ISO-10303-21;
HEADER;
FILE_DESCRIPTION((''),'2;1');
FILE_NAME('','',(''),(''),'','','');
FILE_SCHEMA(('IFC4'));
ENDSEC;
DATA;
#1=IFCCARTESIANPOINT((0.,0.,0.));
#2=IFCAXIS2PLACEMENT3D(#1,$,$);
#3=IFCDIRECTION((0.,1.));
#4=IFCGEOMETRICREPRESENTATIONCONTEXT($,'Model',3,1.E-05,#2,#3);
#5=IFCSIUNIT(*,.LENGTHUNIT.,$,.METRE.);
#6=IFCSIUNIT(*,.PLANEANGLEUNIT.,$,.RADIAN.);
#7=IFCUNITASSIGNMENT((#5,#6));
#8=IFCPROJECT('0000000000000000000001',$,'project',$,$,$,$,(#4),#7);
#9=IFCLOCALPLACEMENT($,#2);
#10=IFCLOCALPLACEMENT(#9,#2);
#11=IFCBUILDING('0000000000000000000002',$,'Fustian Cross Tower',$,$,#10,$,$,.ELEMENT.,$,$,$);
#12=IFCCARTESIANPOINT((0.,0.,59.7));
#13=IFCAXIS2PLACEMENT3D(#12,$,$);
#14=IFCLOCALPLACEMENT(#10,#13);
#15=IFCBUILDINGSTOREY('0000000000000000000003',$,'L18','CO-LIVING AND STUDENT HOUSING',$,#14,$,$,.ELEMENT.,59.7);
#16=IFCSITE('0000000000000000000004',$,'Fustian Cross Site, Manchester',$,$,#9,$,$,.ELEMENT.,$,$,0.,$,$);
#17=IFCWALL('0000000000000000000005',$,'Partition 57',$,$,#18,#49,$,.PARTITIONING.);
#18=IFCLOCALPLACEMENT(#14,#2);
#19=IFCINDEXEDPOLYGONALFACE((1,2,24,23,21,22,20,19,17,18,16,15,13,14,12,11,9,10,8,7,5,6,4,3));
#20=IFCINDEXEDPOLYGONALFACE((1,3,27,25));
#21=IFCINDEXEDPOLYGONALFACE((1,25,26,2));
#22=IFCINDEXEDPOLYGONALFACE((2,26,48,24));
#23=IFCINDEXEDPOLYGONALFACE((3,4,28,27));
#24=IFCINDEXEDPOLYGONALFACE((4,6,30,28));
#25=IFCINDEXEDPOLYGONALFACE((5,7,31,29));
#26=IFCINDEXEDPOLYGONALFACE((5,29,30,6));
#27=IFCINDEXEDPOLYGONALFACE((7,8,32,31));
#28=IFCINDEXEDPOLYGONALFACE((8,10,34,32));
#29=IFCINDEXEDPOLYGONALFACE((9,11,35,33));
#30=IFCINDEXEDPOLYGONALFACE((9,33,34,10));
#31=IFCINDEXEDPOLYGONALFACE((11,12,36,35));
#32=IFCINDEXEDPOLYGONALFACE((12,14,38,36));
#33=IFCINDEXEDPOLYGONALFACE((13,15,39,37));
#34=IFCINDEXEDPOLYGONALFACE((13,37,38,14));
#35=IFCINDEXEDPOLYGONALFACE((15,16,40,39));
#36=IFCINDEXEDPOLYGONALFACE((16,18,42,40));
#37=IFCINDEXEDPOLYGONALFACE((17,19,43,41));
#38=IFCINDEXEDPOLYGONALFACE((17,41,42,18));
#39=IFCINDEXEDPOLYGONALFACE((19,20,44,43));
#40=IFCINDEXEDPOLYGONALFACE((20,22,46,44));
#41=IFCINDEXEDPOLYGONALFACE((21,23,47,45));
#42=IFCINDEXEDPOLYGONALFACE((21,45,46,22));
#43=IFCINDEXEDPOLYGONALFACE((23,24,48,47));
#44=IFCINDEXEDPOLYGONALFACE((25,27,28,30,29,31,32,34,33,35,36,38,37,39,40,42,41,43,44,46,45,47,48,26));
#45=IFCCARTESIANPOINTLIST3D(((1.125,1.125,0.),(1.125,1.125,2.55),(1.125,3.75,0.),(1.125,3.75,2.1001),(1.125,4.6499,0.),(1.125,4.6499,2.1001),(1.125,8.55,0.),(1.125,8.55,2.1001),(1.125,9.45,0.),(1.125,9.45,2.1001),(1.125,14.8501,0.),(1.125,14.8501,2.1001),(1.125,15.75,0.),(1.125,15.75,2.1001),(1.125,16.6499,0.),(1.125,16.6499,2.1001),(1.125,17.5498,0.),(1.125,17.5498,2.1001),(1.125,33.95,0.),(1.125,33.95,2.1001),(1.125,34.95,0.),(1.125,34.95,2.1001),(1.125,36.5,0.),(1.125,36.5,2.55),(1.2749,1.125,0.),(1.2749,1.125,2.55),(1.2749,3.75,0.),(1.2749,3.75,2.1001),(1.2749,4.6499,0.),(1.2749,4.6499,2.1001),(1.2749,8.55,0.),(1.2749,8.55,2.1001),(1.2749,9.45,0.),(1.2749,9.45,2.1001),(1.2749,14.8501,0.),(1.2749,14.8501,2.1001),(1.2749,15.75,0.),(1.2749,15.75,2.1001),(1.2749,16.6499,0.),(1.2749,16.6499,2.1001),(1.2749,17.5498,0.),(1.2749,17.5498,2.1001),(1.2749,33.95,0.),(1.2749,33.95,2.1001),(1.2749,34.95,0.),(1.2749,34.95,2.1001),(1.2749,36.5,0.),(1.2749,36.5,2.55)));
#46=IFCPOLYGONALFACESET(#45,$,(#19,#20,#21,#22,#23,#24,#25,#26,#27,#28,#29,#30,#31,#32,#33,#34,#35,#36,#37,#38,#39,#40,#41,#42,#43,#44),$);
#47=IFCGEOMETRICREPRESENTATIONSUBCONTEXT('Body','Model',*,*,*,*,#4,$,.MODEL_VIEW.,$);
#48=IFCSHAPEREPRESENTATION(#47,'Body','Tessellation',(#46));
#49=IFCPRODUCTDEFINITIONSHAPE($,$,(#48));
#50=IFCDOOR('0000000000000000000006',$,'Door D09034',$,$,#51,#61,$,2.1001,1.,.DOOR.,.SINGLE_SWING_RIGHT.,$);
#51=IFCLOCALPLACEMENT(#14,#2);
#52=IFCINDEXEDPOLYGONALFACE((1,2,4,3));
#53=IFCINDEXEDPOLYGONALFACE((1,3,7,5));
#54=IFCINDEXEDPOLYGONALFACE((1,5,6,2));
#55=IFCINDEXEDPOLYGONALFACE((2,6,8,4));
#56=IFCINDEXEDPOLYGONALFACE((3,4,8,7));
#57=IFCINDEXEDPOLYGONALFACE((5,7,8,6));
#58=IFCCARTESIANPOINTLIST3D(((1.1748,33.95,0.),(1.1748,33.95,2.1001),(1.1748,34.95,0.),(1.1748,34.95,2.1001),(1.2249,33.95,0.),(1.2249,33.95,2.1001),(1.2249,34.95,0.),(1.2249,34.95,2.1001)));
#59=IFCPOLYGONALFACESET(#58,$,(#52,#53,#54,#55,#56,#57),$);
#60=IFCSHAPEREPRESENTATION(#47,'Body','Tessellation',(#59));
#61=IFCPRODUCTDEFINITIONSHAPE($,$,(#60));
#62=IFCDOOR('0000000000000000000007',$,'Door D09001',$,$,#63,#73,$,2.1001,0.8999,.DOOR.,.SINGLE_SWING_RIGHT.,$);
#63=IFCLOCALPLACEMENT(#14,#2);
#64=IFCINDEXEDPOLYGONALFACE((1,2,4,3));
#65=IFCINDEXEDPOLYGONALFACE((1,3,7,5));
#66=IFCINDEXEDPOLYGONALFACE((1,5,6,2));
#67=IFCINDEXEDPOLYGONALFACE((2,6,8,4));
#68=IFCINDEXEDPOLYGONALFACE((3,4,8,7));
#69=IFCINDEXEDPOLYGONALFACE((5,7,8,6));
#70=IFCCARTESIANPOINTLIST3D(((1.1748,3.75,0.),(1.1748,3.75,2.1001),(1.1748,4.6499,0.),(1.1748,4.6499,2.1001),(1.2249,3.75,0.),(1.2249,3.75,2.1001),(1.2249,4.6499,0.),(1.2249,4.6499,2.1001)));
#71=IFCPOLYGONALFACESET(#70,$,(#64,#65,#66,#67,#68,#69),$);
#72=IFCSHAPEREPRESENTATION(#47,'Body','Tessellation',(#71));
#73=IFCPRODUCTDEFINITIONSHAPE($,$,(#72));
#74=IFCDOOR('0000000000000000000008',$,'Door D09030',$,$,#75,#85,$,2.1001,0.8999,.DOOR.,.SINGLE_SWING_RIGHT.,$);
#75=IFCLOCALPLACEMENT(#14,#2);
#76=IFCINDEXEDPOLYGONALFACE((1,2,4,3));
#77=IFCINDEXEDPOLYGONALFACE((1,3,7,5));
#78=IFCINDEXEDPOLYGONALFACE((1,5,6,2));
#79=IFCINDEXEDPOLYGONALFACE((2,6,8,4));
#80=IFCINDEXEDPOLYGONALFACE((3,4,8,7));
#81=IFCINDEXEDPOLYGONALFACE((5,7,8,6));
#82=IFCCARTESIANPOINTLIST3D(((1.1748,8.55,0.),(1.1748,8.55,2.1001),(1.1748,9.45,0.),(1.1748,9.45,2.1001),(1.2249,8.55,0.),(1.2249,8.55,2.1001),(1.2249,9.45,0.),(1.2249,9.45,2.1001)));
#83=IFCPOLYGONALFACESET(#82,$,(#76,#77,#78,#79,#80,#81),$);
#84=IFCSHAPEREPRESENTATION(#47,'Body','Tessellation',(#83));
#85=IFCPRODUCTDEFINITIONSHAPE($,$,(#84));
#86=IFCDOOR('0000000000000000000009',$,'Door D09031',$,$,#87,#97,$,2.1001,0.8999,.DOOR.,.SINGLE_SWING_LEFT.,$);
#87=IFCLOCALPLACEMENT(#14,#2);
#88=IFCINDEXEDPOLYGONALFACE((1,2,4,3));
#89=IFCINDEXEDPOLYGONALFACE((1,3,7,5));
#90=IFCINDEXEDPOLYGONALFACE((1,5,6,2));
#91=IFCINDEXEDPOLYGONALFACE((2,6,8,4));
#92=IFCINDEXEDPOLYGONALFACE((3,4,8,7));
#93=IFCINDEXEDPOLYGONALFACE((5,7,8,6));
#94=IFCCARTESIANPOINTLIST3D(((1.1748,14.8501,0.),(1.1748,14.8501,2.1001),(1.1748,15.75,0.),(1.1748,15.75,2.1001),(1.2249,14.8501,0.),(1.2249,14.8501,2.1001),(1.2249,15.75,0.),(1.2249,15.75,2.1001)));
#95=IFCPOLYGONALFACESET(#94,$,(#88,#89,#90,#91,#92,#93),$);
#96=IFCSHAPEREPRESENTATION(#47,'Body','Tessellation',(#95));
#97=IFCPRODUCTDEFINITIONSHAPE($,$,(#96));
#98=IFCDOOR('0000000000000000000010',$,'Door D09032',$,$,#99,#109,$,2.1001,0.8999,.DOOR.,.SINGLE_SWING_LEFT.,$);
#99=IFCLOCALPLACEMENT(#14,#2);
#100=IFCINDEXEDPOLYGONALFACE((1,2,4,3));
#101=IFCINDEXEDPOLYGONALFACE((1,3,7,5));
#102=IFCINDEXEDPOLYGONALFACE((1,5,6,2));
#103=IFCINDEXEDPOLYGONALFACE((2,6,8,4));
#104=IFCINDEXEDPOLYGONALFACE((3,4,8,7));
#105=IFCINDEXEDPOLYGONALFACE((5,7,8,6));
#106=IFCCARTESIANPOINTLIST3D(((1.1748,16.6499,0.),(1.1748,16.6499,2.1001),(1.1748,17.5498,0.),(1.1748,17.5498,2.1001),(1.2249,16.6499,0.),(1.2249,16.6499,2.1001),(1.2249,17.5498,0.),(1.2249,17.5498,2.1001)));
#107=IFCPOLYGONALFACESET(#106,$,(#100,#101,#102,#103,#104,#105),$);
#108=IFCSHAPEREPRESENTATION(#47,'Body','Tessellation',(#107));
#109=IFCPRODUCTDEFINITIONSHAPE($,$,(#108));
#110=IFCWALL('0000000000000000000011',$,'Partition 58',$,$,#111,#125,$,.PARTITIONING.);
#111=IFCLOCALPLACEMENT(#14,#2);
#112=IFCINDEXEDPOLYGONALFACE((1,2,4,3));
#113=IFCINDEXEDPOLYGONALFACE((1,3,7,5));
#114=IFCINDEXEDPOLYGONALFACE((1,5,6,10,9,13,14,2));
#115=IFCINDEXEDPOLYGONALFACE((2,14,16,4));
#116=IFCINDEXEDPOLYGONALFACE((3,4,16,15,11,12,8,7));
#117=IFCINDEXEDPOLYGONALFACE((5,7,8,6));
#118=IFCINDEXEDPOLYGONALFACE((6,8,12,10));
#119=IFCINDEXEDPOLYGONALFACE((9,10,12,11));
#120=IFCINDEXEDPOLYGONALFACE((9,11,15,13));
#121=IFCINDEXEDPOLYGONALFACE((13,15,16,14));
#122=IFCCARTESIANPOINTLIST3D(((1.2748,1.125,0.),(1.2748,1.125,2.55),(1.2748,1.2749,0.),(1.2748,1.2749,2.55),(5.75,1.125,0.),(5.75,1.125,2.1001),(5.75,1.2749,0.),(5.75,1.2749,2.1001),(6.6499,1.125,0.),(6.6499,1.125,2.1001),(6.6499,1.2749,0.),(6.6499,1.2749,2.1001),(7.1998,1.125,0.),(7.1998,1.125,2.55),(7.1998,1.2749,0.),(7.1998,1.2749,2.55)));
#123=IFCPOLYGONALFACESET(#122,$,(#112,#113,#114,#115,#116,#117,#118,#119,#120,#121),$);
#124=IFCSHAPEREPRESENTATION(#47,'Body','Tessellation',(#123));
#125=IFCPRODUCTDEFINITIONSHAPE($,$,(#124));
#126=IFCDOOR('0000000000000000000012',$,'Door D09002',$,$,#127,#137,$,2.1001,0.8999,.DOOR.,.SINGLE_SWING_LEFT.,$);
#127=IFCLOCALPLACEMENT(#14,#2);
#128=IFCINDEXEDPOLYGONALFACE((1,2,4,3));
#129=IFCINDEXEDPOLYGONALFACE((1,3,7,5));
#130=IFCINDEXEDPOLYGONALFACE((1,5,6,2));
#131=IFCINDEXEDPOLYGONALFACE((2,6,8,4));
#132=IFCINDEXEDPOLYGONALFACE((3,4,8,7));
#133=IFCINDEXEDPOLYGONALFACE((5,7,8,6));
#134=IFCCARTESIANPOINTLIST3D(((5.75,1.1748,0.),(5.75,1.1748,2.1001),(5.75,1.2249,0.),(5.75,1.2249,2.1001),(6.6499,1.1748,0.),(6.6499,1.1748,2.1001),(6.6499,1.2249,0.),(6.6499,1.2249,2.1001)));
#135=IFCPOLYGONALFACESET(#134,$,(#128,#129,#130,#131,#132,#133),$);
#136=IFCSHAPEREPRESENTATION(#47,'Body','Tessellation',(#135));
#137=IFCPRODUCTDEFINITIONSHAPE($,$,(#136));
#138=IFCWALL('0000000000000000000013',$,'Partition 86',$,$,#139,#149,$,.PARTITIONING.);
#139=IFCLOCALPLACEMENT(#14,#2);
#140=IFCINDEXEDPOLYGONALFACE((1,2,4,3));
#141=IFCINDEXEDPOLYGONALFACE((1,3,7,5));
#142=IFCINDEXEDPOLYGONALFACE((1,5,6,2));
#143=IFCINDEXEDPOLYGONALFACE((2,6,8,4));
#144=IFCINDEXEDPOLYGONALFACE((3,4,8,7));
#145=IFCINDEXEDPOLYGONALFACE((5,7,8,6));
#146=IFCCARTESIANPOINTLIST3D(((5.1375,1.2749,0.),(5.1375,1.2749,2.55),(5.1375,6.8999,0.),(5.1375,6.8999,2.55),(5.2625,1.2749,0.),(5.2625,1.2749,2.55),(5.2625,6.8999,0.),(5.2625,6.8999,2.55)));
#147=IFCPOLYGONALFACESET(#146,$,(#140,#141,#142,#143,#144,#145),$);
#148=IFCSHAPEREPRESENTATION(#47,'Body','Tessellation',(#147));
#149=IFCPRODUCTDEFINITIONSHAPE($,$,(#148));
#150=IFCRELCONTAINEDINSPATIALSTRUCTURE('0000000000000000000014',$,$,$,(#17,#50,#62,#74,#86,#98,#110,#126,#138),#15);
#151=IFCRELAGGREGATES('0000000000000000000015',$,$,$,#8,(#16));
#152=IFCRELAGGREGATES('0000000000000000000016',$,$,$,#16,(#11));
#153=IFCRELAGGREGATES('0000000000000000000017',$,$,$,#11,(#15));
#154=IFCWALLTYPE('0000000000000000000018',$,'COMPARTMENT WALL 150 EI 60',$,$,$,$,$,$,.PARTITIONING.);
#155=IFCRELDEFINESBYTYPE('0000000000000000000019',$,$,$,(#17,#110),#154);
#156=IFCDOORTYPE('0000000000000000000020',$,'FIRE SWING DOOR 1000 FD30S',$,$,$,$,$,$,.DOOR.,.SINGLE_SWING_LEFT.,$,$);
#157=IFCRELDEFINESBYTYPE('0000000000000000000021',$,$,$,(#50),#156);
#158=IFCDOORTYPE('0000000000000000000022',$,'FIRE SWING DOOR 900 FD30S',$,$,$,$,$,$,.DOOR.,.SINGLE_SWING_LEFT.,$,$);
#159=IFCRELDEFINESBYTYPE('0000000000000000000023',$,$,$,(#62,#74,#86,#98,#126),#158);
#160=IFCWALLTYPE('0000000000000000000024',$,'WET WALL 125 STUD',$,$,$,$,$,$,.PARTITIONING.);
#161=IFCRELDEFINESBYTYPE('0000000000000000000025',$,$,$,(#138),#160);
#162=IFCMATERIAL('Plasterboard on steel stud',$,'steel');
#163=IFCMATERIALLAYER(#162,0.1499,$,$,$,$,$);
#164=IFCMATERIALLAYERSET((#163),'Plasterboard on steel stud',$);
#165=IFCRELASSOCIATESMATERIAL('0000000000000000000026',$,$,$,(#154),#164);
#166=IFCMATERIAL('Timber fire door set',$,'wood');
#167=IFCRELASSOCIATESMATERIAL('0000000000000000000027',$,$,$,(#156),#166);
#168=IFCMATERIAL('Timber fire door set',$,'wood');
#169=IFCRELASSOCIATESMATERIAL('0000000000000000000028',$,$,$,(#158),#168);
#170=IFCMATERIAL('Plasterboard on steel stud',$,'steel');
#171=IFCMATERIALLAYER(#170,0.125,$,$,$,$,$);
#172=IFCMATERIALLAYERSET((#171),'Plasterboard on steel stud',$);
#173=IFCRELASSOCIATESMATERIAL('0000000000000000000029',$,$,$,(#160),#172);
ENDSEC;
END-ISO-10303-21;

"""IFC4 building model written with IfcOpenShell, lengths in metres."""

from ifc_helpers import new_model, si_unit, direction, frame, frame_2d, origin, place, context, subcontext, project, spatial, rectangle, extrude, material, layer, layer_set, type_object, element, fill, save


model = new_model("IFC4")

# Units and contexts
model_context = context("Model", 3, precision=1e-05, world=origin(), true_north=direction((0.0, 1.0)))
body_context = subcontext(model_context, "Body", "Model", "MODEL_VIEW")
ifc_project = project(units=[si_unit("LENGTHUNIT", "METRE"), si_unit("PLANEANGLEUNIT", "RADIAN")], contexts=[model_context])

# Site, building, storey
site_placement = place(None, origin())
site = spatial("IfcSite", under=ifc_project, at=site_placement, Name="Fustian Cross Site, Manchester", CompositionType="ELEMENT", RefElevation=0.0)
building_placement = place(site_placement, origin())
building = spatial("IfcBuilding", under=site, at=building_placement, Name="Fustian Cross Tower", CompositionType="ELEMENT")
storey_placement = place(building_placement, frame((0.0, 0.0, 59.7)))
storey = spatial("IfcBuildingStorey", under=building, at=storey_placement, Name="L18", Description="CO-LIVING AND STUDENT HOUSING", CompositionType="ELEMENT", Elevation=59.7)

# Wall, openings, doors
ifc_material_1 = material(Name="Plasterboard on steel stud", Category="steel")
ifc_layer_1 = layer(ifc_material_1, 0.1499)
ifc_layer_set_1 = layer_set([ifc_layer_1], Name="Plasterboard on steel stud")
wall_type_1 = type_object("IfcWallType", Name="COMPARTMENT WALL 150 EI 60", PredefinedType="PARTITIONING", material=ifc_layer_set_1)
wall_1_placement = place(storey_placement, frame((1.2, 1.125, 0.0), z_axis=(0.0, 0.0, 1.0), x_axis=(0.0, 1.0, 0.0)))
wall_1 = element("IfcWall", 1, at=wall_1_placement, inside=storey, type_object=wall_type_1, Name="Partition 57", PredefinedType="PARTITIONING", context=body_context, shape_type="SweptSolid", body=[
    extrude(rectangle(XDim=35.375, YDim=0.1499, at=frame_2d((17.6875, 0.0))), origin(), (0.0, 0.0, 1.0), 2.55),
])
opening_1_placement = place(wall_1_placement, frame((2.625, 0.0, 0.0)))
opening_1 = element("IfcOpeningElement", 2, at=opening_1_placement, cuts=wall_1, PredefinedType="OPENING", context=body_context, shape_type="SweptSolid", body=[
    extrude(rectangle(XDim=0.8999, YDim=2.1001, at=frame_2d((0.45, 1.05))), frame((0.0, 0.085, 0.0), z_axis=(0.0, -1.0, 0.0), x_axis=(1.0, 0.0, 0.0)), (0.0, 0.0, 1.0), 0.1699),
])
opening_2_placement = place(wall_1_placement, frame((7.425, 0.0, 0.0)))
opening_2 = element("IfcOpeningElement", 3, at=opening_2_placement, cuts=wall_1, PredefinedType="OPENING", context=body_context, shape_type="SweptSolid", body=[
    extrude(rectangle(XDim=0.8999, YDim=2.1001, at=frame_2d((0.45, 1.05))), frame((0.0, 0.085, 0.0), z_axis=(0.0, -1.0, 0.0), x_axis=(1.0, 0.0, 0.0)), (0.0, 0.0, 1.0), 0.1699),
])
opening_3_placement = place(wall_1_placement, frame((13.7251, 0.0, 0.0)))
opening_3 = element("IfcOpeningElement", 4, at=opening_3_placement, cuts=wall_1, PredefinedType="OPENING", context=body_context, shape_type="SweptSolid", body=[
    extrude(rectangle(XDim=0.8999, YDim=2.1001, at=frame_2d((0.45, 1.05))), frame((0.0, 0.085, 0.0), z_axis=(0.0, -1.0, 0.0), x_axis=(1.0, 0.0, 0.0)), (0.0, 0.0, 1.0), 0.1699),
])
opening_4_placement = place(wall_1_placement, frame((15.5249, 0.0, 0.0)))
opening_4 = element("IfcOpeningElement", 5, at=opening_4_placement, cuts=wall_1, PredefinedType="OPENING", context=body_context, shape_type="SweptSolid", body=[
    extrude(rectangle(XDim=0.8999, YDim=2.1001, at=frame_2d((0.45, 1.05))), frame((0.0, 0.085, 0.0), z_axis=(0.0, -1.0, 0.0), x_axis=(1.0, 0.0, 0.0)), (0.0, 0.0, 1.0), 0.1699),
])
opening_5_placement = place(wall_1_placement, frame((32.825, 0.0, 0.0)))
opening_5 = element("IfcOpeningElement", 6, at=opening_5_placement, cuts=wall_1, PredefinedType="OPENING", context=body_context, shape_type="SweptSolid", body=[
    extrude(rectangle(XDim=1.0, YDim=2.1001, at=frame_2d((0.5, 1.05))), frame((0.0, 0.085, 0.0), z_axis=(0.0, -1.0, 0.0), x_axis=(1.0, 0.0, 0.0)), (0.0, 0.0, 1.0), 0.1699),
])
ifc_material_2 = material(Name="Timber fire door set", Category="wood")
door_type_1 = type_object("IfcDoorType", Name="FIRE SWING DOOR 1000 FD30S", OperationType="SINGLE_SWING_LEFT", PredefinedType="DOOR", material=ifc_material_2)
door_1_placement = place(opening_5_placement, frame((1.0, 0.0, 0.0), z_axis=(0.0, 0.0, 1.0), x_axis=(-1.0, 0.0, 0.0)))
door_1 = element("IfcDoor", 7, at=door_1_placement, inside=storey, type_object=door_type_1, Name="Door D09034", OperationType="SINGLE_SWING_RIGHT", OverallHeight=2.1001, OverallWidth=1.0, PredefinedType="DOOR", context=body_context, shape_type="SweptSolid", body=[
    extrude(rectangle(XDim=1.0, YDim=2.1001, at=frame_2d((0.5, 1.05))), frame((0.0, 0.0249, 0.0), z_axis=(0.0, -1.0, 0.0), x_axis=(1.0, 0.0, 0.0)), (0.0, 0.0, 1.0), 0.05),
])
fill(opening_5, door_1)
ifc_material_3 = material(Name="Timber fire door set", Category="wood")
door_type_2 = type_object("IfcDoorType", Name="FIRE SWING DOOR 900 FD30S", OperationType="SINGLE_SWING_LEFT", PredefinedType="DOOR", material=ifc_material_3)
door_2_placement = place(opening_1_placement, frame((0.8999, 0.0, 0.0), z_axis=(0.0, 0.0, 1.0), x_axis=(-1.0, 0.0, 0.0)))
door_2 = element("IfcDoor", 8, at=door_2_placement, inside=storey, type_object=door_type_2, Name="Door D09001", OperationType="SINGLE_SWING_RIGHT", OverallHeight=2.1001, OverallWidth=0.8999, PredefinedType="DOOR", context=body_context, shape_type="SweptSolid", body=[
    extrude(rectangle(XDim=0.8999, YDim=2.1001, at=frame_2d((0.45, 1.05))), frame((0.0, 0.0249, 0.0), z_axis=(0.0, -1.0, 0.0), x_axis=(1.0, 0.0, 0.0)), (0.0, 0.0, 1.0), 0.05),
])
fill(opening_1, door_2)
door_3_placement = place(opening_2_placement, frame((0.8999, 0.0, 0.0), z_axis=(0.0, 0.0, 1.0), x_axis=(-1.0, 0.0, 0.0)))
door_3 = element("IfcDoor", 9, at=door_3_placement, inside=storey, type_object=door_type_2, Name="Door D09030", OperationType="SINGLE_SWING_RIGHT", OverallHeight=2.1001, OverallWidth=0.8999, PredefinedType="DOOR", context=body_context, shape_type="SweptSolid", body=[
    extrude(rectangle(XDim=0.8999, YDim=2.1001, at=frame_2d((0.45, 1.05))), frame((0.0, 0.0249, 0.0), z_axis=(0.0, -1.0, 0.0), x_axis=(1.0, 0.0, 0.0)), (0.0, 0.0, 1.0), 0.05),
])
fill(opening_2, door_3)
door_4_placement = place(opening_3_placement, frame((0.8999, 0.0, 0.0), z_axis=(0.0, 0.0, 1.0), x_axis=(-1.0, 0.0, 0.0)))
door_4 = element("IfcDoor", 10, at=door_4_placement, inside=storey, type_object=door_type_2, Name="Door D09031", OperationType="SINGLE_SWING_LEFT", OverallHeight=2.1001, OverallWidth=0.8999, PredefinedType="DOOR", context=body_context, shape_type="SweptSolid", body=[
    extrude(rectangle(XDim=0.8999, YDim=2.1001, at=frame_2d((0.45, 1.05))), frame((0.0, 0.0249, 0.0), z_axis=(0.0, -1.0, 0.0), x_axis=(1.0, 0.0, 0.0)), (0.0, 0.0, 1.0), 0.05),
])
fill(opening_3, door_4)
door_5_placement = place(opening_4_placement, frame((0.8999, 0.0, 0.0), z_axis=(0.0, 0.0, 1.0), x_axis=(-1.0, 0.0, 0.0)))
door_5 = element("IfcDoor", 11, at=door_5_placement, inside=storey, type_object=door_type_2, Name="Door D09032", OperationType="SINGLE_SWING_LEFT", OverallHeight=2.1001, OverallWidth=0.8999, PredefinedType="DOOR", context=body_context, shape_type="SweptSolid", body=[
    extrude(rectangle(XDim=0.8999, YDim=2.1001, at=frame_2d((0.45, 1.05))), frame((0.0, 0.0249, 0.0), z_axis=(0.0, -1.0, 0.0), x_axis=(1.0, 0.0, 0.0)), (0.0, 0.0, 1.0), 0.05),
])
fill(opening_4, door_5)

# Wall, opening, door
wall_2_placement = place(storey_placement, frame((1.2749, 1.2, 0.0), z_axis=(0.0, 0.0, 1.0), x_axis=(1.0, 0.0, 0.0)))
wall_2 = element("IfcWall", 12, at=wall_2_placement, inside=storey, type_object=wall_type_1, Name="Partition 58", PredefinedType="PARTITIONING", context=body_context, shape_type="SweptSolid", body=[
    extrude(rectangle(XDim=5.925, YDim=0.1499, at=frame_2d((2.9624, 0.0))), origin(), (0.0, 0.0, 1.0), 2.55),
])
opening_6_placement = place(wall_2_placement, frame((4.4751, 0.0, 0.0)))
opening_6 = element("IfcOpeningElement", 13, at=opening_6_placement, cuts=wall_2, PredefinedType="OPENING", context=body_context, shape_type="SweptSolid", body=[
    extrude(rectangle(XDim=0.8999, YDim=2.1001, at=frame_2d((0.45, 1.05))), frame((0.0, 0.085, 0.0), z_axis=(0.0, -1.0, 0.0), x_axis=(1.0, 0.0, 0.0)), (0.0, 0.0, 1.0), 0.1699),
])
door_6_placement = place(opening_6_placement, origin())
door_6 = element("IfcDoor", 14, at=door_6_placement, inside=storey, type_object=door_type_2, Name="Door D09002", OperationType="SINGLE_SWING_LEFT", OverallHeight=2.1001, OverallWidth=0.8999, PredefinedType="DOOR", context=body_context, shape_type="SweptSolid", body=[
    extrude(rectangle(XDim=0.8999, YDim=2.1001, at=frame_2d((0.45, 1.05))), frame((0.0, 0.0249, 0.0), z_axis=(0.0, -1.0, 0.0), x_axis=(1.0, 0.0, 0.0)), (0.0, 0.0, 1.0), 0.05),
])
fill(opening_6, door_6)

# Wall
ifc_material_4 = material(Name="Plasterboard on steel stud", Category="steel")
ifc_layer_2 = layer(ifc_material_4, 0.125)
ifc_layer_set_2 = layer_set([ifc_layer_2], Name="Plasterboard on steel stud")
wall_type_2 = type_object("IfcWallType", Name="WET WALL 125 STUD", PredefinedType="PARTITIONING", material=ifc_layer_set_2)
wall_3_placement = place(storey_placement, frame((5.2, 1.2749, 0.0), z_axis=(0.0, 0.0, 1.0), x_axis=(0.0, 1.0, 0.0)))
element("IfcWall", 15, at=wall_3_placement, inside=storey, type_object=wall_type_2, Name="Partition 86", PredefinedType="PARTITIONING", context=body_context, shape_type="SweptSolid", body=[
    extrude(rectangle(XDim=5.625, YDim=0.125, at=frame_2d((2.8125, 0.0))), origin(), (0.0, 0.0, 1.0), 2.55),
])

save(model, "model.ifc")
